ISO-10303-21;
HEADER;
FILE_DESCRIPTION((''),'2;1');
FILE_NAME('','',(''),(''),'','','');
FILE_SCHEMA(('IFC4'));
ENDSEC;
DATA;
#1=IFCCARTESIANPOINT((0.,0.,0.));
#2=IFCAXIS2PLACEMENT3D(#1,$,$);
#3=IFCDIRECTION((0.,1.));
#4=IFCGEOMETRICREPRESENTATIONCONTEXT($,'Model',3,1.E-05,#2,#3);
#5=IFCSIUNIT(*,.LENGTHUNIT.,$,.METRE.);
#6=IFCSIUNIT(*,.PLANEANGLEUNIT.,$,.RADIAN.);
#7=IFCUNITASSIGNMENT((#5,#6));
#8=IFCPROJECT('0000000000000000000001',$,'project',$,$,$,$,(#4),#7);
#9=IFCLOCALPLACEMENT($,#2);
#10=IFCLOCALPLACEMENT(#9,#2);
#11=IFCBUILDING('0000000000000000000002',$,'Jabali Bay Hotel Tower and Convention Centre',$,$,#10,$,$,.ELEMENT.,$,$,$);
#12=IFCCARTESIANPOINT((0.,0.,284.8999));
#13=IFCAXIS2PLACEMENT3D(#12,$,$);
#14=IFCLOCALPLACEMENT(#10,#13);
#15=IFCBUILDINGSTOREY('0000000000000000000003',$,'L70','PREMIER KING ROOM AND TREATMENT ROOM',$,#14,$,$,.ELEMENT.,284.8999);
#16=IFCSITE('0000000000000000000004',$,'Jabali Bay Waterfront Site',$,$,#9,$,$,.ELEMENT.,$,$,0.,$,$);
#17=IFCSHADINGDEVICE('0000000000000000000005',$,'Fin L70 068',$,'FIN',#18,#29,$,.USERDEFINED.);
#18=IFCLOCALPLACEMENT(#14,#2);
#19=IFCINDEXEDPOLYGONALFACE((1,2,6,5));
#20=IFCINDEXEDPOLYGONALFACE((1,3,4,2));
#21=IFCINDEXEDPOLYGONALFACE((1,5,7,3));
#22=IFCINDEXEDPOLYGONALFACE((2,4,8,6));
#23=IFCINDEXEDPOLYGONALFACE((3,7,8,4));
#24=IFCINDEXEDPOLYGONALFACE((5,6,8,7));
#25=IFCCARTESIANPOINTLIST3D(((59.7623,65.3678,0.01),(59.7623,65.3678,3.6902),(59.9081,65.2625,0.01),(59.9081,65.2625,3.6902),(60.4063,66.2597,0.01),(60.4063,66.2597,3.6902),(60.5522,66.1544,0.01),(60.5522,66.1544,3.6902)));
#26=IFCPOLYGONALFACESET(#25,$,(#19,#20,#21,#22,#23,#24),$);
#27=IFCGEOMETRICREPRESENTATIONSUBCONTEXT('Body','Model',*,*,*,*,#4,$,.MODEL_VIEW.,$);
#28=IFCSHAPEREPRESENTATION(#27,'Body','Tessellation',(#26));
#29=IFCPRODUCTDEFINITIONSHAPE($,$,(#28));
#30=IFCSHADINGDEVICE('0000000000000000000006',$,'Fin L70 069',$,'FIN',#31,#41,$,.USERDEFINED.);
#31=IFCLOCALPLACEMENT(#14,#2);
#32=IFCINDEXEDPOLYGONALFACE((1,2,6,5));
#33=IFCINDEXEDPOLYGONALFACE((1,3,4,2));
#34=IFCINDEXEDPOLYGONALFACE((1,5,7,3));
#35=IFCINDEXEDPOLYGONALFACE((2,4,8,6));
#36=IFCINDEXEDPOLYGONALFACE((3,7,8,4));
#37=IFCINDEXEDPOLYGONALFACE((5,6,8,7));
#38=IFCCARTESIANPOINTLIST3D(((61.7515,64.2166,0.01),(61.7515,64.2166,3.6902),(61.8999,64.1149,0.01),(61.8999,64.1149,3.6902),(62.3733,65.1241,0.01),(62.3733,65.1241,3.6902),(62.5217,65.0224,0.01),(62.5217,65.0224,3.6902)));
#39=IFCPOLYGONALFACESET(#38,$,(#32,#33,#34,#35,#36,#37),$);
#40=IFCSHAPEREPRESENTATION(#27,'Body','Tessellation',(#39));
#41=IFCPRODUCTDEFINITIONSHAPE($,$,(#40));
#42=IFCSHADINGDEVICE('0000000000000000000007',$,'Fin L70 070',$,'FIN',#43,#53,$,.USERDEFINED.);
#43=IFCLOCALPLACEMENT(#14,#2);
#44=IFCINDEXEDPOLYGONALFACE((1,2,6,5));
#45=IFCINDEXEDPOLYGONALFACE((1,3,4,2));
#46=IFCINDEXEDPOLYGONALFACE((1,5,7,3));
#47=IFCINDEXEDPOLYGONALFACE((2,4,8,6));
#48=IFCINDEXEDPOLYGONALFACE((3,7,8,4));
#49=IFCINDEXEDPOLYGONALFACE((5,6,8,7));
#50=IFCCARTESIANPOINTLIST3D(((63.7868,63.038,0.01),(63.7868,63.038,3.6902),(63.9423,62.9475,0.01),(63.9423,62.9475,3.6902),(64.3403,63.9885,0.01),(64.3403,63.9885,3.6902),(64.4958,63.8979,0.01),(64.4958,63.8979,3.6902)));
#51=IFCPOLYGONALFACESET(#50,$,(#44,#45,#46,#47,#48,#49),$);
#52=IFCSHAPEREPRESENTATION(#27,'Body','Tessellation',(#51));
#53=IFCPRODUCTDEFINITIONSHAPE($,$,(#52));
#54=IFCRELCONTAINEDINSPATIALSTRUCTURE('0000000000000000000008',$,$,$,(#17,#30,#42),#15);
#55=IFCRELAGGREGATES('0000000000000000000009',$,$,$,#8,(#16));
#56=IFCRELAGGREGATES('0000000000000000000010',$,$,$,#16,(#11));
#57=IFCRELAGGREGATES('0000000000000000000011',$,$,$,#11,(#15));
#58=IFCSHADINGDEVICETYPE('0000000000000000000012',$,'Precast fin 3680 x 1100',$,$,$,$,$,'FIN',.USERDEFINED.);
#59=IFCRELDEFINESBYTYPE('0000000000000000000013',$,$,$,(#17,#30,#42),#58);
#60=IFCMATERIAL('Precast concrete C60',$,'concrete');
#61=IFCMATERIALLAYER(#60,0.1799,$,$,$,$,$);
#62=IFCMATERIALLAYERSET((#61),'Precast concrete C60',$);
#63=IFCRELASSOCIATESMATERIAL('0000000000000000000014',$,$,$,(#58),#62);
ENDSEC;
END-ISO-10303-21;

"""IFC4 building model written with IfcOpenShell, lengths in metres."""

from ifc_helpers import new_model, si_unit, direction, frame, frame_2d, origin, place, context, subcontext, project, spatial, rectangle, extrude, material, layer, layer_set, type_object, element, save


model = new_model("IFC4")

# Units and contexts
model_context = context("Model", 3, precision=1e-05, world=origin(), true_north=direction((0.0, 1.0)))
body_context = subcontext(model_context, "Body", "Model", "MODEL_VIEW")
ifc_project = project(units=[si_unit("LENGTHUNIT", "METRE"), si_unit("PLANEANGLEUNIT", "RADIAN")], contexts=[model_context])

# Site, building, storey
site_placement = place(None, origin())
site = spatial("IfcSite", under=ifc_project, at=site_placement, Name="Jabali Bay Waterfront Site", CompositionType="ELEMENT", RefElevation=0.0)
building_placement = place(site_placement, origin())
building = spatial("IfcBuilding", under=site, at=building_placement, Name="Jabali Bay Hotel Tower and Convention Centre", CompositionType="ELEMENT")
storey_placement = place(building_placement, frame((0.0, 0.0, 284.8999)))
storey = spatial("IfcBuildingStorey", under=building, at=storey_placement, Name="L70", Description="PREMIER KING ROOM AND TREATMENT ROOM", CompositionType="ELEMENT", Elevation=284.8999)

# Shading devices
ifc_material_1 = material(Name="Precast concrete C60", Category="concrete")
ifc_layer_1 = layer(ifc_material_1, 0.1799)
ifc_layer_set_1 = layer_set([ifc_layer_1], Name="Precast concrete C60")
shading_device_type = type_object("IfcShadingDeviceType", Name="Precast fin 3680 x 1100", ElementType="FIN", PredefinedType="USERDEFINED", material=ifc_layer_set_1)
for number, where, z_axis, x_axis, name in (
    (1, (60.4792, 66.207, 0.01), (0.0, 0.0, 1.0), (-0.58545, -0.810708, 0.0), "Fin L70 068"),
    (2, (62.4475, 65.0732, 0.01), (0.0, 0.0, 1.0), (-0.565257, -0.824915, 0.0), "Fin L70 069"),
):
    element("IfcShadingDevice", number, at=place(storey_placement, frame(where, z_axis=z_axis, x_axis=x_axis)), inside=storey, type_object=shading_device_type, Name=name, ObjectType="FIN", PredefinedType="USERDEFINED", context=body_context, shape_type="SweptSolid", body=[
        extrude(rectangle(XDim=1.1001, YDim=0.1799, at=frame_2d((0.55, 0.0))), origin(), (0.0, 0.0, 1.0), 3.6802),
    ])
shading_device_placement = place(storey_placement, frame((64.418, 63.9431, 0.01), z_axis=(0.0, 0.0, 1.0), x_axis=(-0.503222, -0.864157, 0.0)))
element("IfcShadingDevice", 3, at=shading_device_placement, inside=storey, type_object=shading_device_type, Name="Fin L70 070", ObjectType="FIN", PredefinedType="USERDEFINED", context=body_context, shape_type="SweptSolid", body=[
    extrude(rectangle(XDim=1.0999, YDim=0.1799, at=frame_2d((0.5498, 0.0))), origin(), (0.0, 0.0, 1.0), 3.6802),
])

save(model, "model.ifc")
